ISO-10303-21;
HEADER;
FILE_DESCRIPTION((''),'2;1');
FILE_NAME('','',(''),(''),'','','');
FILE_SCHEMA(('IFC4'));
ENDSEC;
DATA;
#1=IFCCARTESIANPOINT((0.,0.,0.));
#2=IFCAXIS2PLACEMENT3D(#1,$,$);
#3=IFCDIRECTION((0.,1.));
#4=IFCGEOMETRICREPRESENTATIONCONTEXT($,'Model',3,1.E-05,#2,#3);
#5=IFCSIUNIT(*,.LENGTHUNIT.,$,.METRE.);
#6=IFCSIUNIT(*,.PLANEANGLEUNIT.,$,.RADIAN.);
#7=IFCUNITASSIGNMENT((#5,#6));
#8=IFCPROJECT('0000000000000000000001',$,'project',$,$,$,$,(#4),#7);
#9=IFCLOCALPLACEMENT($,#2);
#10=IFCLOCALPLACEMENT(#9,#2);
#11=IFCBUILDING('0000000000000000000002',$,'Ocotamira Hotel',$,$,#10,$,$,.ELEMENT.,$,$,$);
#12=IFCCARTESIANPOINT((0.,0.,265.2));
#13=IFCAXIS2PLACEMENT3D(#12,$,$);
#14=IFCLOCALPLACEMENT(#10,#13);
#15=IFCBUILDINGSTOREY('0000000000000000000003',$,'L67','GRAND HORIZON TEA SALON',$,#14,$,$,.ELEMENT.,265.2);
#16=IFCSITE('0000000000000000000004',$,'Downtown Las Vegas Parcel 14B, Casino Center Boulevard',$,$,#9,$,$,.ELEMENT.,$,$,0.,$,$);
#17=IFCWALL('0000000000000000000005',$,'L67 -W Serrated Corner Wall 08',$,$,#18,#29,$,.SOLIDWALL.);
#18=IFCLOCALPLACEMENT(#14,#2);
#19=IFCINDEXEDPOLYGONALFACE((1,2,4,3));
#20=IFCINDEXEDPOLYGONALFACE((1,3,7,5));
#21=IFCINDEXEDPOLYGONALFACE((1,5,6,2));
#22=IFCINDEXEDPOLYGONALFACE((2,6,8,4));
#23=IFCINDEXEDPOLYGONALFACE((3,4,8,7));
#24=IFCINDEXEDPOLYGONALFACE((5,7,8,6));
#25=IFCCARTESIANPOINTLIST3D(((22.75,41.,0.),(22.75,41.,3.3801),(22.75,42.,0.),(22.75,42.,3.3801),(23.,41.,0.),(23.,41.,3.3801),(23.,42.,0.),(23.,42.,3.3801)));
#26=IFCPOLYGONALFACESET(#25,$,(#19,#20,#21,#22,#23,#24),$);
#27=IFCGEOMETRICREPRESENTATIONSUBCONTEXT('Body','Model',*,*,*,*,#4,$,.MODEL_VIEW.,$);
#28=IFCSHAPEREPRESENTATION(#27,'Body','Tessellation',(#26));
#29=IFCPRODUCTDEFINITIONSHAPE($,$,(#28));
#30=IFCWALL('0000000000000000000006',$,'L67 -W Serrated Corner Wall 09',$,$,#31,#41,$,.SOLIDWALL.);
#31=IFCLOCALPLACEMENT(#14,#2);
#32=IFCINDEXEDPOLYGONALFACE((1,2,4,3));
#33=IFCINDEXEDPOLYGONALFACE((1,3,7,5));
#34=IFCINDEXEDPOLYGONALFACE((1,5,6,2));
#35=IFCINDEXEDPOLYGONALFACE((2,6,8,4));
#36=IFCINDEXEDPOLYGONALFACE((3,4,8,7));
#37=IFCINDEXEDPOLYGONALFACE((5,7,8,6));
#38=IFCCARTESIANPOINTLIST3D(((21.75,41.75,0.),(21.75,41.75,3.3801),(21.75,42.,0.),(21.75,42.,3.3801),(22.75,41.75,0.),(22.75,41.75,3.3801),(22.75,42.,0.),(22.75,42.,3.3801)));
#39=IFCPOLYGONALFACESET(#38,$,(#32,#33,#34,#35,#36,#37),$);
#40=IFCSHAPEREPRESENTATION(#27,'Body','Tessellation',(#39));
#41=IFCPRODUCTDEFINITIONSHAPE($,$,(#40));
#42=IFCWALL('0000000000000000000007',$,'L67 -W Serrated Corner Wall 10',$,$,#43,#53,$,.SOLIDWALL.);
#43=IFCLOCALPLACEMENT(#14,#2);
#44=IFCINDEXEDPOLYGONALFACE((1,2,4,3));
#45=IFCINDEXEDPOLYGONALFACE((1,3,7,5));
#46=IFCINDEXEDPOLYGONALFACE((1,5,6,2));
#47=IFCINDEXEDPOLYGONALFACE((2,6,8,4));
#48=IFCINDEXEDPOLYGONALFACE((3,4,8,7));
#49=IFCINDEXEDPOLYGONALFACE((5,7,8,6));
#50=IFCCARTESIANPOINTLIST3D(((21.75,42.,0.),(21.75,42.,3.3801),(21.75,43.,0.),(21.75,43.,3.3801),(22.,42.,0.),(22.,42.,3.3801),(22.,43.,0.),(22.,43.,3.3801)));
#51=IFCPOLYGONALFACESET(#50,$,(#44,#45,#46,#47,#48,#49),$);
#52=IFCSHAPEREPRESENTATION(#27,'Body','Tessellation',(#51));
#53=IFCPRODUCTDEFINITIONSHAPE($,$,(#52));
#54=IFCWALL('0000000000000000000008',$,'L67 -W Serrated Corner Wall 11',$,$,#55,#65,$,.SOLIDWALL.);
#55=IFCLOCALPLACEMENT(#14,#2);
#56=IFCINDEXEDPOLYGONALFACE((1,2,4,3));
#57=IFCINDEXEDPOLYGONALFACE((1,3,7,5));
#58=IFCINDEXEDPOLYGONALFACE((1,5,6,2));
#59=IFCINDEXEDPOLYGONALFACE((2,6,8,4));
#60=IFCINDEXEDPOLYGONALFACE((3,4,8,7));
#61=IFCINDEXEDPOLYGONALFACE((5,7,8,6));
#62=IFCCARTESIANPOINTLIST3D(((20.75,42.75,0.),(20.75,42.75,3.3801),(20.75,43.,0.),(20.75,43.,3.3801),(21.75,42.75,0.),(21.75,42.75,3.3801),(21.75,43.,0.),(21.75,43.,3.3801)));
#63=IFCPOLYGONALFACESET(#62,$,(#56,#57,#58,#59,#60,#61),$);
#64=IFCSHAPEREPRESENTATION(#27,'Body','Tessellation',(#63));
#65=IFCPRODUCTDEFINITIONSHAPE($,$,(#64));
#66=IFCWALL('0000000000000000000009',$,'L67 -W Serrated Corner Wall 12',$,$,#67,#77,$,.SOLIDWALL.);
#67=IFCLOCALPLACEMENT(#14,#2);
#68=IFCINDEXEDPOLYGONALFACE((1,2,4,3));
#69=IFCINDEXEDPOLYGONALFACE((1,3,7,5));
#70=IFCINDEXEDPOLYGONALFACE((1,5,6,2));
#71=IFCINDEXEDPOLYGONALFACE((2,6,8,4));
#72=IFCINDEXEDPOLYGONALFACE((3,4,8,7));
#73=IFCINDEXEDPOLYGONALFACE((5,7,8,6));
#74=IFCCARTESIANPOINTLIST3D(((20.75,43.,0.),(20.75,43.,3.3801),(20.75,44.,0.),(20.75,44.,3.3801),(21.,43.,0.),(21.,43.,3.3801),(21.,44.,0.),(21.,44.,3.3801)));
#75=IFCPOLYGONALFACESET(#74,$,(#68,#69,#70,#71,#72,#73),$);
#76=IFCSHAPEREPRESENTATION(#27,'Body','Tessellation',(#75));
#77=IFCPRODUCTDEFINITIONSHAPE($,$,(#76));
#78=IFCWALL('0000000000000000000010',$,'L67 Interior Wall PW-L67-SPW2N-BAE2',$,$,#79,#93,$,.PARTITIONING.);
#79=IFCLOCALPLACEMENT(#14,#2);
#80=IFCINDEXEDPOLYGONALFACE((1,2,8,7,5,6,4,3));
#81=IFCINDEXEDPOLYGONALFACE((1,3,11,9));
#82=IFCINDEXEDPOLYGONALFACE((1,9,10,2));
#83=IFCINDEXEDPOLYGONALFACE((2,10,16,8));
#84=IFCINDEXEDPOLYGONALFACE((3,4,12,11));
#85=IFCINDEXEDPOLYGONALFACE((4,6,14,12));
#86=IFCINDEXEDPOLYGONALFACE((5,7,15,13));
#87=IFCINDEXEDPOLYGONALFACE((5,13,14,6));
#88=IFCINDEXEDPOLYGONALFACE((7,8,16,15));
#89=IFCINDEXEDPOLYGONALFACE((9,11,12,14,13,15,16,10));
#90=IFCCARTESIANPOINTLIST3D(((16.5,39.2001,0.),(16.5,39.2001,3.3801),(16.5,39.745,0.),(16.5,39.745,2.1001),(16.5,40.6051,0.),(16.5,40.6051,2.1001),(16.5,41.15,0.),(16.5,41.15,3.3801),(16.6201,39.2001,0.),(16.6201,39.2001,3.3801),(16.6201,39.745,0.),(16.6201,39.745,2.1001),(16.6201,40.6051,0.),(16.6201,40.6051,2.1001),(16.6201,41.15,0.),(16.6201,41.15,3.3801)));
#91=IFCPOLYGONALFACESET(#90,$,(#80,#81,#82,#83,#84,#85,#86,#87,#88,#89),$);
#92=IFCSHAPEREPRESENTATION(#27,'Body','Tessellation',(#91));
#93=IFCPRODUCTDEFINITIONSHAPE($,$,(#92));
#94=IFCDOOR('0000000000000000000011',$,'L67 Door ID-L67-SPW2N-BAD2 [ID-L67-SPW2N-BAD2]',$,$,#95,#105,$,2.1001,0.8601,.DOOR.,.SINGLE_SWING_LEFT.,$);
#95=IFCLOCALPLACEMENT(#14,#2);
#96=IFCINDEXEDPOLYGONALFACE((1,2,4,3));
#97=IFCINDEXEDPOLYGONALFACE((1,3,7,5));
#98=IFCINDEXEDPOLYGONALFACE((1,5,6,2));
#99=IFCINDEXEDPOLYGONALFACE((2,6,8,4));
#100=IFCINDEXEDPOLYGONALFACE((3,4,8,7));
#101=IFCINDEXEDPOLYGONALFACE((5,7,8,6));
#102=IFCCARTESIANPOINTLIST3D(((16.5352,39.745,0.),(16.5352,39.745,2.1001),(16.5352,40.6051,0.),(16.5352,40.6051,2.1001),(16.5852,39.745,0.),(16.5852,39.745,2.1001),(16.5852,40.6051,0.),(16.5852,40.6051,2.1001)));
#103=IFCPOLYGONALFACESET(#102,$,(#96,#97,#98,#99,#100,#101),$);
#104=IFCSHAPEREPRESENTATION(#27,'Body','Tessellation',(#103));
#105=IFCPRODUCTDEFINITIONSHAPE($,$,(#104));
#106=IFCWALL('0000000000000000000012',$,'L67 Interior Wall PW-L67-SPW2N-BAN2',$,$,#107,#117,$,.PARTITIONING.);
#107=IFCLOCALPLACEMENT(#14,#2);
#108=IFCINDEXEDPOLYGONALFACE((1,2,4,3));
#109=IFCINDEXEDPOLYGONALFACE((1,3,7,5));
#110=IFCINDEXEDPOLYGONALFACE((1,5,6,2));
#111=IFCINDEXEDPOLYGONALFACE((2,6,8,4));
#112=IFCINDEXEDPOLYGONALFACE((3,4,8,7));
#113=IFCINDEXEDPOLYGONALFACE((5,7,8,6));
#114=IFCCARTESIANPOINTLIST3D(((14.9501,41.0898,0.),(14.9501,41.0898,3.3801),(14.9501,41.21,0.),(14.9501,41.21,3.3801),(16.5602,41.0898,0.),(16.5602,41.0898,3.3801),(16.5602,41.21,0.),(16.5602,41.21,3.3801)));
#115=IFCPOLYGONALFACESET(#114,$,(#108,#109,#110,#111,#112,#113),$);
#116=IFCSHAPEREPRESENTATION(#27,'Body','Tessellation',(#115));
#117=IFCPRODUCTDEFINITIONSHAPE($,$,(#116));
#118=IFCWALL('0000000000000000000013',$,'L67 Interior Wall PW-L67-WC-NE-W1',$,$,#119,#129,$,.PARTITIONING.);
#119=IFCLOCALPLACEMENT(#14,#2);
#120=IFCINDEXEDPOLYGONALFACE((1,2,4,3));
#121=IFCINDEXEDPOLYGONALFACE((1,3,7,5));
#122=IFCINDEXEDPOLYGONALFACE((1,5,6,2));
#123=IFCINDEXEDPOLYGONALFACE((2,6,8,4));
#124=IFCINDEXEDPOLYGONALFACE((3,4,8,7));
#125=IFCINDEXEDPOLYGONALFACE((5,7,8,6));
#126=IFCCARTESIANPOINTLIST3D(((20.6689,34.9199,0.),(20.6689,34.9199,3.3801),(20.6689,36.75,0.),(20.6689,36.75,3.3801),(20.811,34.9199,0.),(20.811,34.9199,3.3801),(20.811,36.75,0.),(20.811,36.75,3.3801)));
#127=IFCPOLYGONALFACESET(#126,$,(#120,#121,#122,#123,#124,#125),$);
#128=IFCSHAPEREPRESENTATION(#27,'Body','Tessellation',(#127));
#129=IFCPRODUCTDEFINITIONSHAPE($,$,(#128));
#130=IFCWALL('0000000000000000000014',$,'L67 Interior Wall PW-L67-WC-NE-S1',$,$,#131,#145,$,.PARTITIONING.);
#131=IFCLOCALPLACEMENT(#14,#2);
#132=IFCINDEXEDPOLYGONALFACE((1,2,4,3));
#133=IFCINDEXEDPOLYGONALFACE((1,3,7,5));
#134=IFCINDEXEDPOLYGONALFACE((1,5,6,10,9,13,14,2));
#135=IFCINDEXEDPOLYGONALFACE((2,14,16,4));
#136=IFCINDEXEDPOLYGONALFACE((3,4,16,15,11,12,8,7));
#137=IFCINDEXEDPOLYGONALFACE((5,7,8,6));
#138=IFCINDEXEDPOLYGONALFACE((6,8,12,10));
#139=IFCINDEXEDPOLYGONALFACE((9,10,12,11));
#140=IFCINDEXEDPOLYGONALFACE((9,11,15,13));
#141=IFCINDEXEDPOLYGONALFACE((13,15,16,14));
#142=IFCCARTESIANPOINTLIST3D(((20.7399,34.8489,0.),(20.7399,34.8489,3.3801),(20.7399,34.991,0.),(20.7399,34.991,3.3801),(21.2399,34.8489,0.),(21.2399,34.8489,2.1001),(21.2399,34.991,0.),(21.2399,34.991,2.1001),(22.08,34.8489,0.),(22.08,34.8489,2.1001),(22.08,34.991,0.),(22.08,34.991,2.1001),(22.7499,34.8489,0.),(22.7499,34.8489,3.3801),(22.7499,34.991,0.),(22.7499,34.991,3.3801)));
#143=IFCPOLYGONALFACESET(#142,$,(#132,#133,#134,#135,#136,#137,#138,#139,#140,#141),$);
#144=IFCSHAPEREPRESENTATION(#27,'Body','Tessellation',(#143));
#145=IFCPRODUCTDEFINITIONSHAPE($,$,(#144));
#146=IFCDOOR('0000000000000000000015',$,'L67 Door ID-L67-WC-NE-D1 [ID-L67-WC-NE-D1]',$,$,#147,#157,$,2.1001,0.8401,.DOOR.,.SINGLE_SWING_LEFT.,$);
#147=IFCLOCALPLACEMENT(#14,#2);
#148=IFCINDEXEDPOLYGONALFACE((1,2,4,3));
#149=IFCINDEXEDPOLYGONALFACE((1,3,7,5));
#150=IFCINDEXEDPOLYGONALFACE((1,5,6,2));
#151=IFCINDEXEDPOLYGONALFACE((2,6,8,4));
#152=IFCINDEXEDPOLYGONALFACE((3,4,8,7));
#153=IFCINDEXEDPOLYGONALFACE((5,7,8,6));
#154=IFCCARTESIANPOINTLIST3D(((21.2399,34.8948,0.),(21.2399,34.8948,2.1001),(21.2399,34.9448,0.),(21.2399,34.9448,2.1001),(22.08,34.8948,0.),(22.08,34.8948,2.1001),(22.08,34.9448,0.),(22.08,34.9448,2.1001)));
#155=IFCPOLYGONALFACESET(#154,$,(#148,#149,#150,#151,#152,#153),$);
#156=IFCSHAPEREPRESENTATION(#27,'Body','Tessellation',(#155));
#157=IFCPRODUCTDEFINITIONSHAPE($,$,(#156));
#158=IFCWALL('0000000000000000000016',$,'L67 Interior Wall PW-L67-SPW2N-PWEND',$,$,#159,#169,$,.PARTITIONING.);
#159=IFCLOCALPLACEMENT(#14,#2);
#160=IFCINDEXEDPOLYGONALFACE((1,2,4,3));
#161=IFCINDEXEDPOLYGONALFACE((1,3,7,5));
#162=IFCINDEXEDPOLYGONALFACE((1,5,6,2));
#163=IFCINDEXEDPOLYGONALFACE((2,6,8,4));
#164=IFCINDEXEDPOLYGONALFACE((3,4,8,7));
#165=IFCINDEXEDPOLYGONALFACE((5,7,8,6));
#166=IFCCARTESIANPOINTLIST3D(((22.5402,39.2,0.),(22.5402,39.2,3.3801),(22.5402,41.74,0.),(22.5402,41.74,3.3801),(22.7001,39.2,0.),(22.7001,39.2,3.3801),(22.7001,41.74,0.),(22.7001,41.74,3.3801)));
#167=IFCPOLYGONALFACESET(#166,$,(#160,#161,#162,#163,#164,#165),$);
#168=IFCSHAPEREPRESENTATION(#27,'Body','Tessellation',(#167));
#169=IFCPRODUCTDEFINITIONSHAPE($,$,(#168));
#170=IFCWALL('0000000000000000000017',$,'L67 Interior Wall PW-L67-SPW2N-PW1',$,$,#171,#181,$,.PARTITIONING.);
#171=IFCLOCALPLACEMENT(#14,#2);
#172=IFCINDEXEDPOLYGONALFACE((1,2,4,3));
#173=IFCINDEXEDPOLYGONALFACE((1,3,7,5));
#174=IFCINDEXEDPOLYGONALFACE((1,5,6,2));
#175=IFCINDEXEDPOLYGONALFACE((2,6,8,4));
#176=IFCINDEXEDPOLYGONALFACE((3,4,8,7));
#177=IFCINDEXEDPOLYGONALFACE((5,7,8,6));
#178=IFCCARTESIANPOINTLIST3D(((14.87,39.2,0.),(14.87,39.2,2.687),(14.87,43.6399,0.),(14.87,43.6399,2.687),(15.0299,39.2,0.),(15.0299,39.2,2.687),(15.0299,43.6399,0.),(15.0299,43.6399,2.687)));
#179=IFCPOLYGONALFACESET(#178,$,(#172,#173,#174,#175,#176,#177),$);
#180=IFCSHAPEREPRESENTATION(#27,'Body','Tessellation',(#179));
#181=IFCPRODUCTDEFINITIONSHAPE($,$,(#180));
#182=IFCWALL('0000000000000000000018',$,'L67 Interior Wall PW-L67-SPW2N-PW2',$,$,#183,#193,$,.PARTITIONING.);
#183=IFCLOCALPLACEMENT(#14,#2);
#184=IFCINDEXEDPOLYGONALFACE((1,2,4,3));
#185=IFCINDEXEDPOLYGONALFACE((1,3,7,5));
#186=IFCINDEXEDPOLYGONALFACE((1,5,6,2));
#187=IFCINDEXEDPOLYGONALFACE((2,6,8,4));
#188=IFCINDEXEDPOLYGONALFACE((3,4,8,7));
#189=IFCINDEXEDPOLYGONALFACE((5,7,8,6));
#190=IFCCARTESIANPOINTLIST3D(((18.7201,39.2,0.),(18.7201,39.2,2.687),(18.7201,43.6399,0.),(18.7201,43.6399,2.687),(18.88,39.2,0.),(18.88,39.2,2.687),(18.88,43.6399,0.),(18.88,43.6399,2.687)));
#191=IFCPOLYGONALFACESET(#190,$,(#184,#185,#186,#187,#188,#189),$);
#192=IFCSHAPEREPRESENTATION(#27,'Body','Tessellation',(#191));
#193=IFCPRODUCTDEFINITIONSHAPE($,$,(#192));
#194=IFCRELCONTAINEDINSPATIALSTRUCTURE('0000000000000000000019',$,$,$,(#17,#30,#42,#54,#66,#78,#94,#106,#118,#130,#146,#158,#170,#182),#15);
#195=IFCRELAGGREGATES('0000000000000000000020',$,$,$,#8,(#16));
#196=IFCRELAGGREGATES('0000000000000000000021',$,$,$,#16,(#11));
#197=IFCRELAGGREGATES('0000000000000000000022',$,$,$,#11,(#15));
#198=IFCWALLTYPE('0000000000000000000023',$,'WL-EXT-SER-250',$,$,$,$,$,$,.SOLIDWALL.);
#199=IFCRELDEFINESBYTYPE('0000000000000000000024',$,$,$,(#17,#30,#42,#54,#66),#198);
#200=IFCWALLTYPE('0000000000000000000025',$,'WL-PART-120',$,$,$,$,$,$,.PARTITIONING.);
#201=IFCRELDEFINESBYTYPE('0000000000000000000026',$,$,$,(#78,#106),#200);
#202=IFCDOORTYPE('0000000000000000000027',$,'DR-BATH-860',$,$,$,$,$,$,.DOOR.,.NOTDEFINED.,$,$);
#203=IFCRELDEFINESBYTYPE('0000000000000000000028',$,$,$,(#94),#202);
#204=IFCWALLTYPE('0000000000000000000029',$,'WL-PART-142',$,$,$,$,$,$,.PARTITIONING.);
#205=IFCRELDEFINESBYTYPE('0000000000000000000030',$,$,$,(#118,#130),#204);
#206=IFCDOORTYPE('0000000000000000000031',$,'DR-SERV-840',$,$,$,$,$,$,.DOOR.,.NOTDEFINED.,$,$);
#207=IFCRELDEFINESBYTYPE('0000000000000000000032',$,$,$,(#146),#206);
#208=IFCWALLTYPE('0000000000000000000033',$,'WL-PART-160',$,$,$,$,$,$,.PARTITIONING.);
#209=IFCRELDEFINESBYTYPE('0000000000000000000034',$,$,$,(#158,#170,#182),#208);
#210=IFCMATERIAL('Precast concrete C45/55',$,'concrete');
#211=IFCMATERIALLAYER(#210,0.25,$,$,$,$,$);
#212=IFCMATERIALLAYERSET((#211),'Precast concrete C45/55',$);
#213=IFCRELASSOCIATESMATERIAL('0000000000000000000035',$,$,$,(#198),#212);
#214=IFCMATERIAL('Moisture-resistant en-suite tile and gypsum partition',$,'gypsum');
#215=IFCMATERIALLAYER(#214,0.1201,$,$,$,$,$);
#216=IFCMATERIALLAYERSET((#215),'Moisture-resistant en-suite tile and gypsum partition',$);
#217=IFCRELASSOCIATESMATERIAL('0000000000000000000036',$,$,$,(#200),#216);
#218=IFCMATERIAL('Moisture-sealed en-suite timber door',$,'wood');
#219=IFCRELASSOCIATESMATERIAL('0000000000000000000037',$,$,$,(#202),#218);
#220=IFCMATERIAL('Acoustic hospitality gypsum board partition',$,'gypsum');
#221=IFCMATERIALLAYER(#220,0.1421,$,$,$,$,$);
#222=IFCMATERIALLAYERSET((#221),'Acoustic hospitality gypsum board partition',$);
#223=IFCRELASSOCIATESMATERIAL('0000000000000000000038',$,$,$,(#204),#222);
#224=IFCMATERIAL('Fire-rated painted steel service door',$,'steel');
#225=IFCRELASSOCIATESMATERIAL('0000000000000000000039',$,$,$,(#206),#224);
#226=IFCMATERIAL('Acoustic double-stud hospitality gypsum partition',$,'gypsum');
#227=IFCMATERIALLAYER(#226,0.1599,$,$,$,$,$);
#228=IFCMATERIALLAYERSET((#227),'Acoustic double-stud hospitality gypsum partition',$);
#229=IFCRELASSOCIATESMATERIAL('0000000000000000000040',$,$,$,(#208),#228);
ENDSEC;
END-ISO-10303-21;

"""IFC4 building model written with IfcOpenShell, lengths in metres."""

from ifc_helpers import new_model, si_unit, direction, frame, frame_2d, origin, place, context, subcontext, project, spatial, rectangle, extrude, source, transform, mapped, material, layer, layer_set, type_object, element, fill, save


model = new_model("IFC4")

# Units and contexts
model_context = context("Model", 3, precision=1e-05, world=origin(), true_north=direction((0.0, 1.0)))
body_context = subcontext(model_context, "Body", "Model", "MODEL_VIEW")
ifc_project = project(units=[si_unit("LENGTHUNIT", "METRE"), si_unit("PLANEANGLEUNIT", "RADIAN")], contexts=[model_context])

# Site, building, storey
site_placement = place(None, origin())
site = spatial("IfcSite", under=ifc_project, at=site_placement, Name="Downtown Las Vegas Parcel 14B, Casino Center Boulevard", CompositionType="ELEMENT", RefElevation=0.0)
building_placement = place(site_placement, origin())
building = spatial("IfcBuilding", under=site, at=building_placement, Name="Ocotamira Hotel", CompositionType="ELEMENT")
storey_placement = place(building_placement, frame((0.0, 0.0, 265.2)))
storey = spatial("IfcBuildingStorey", under=building, at=storey_placement, Name="L67", Description="GRAND HORIZON TEA SALON", CompositionType="ELEMENT", Elevation=265.2)

# Walls
ifc_material_1 = material(Name="Precast concrete C45/55", Category="concrete")
ifc_layer_1 = layer(ifc_material_1, 0.25)
ifc_layer_set_1 = layer_set([ifc_layer_1], Name="Precast concrete C45/55")
wall_type_1 = type_object("IfcWallType", Name="WL-EXT-SER-250", PredefinedType="SOLIDWALL", material=ifc_layer_set_1)
for number, where, z_axis, x_axis, name in (
    (1, (22.875, 41.0, 0.0), (0.0, 0.0, 1.0), (0.0, 1.0, 0.0), "L67 -W Serrated Corner Wall 08"),
    (2, (22.75, 41.875, 0.0), (0.0, 0.0, 1.0), (-1.0, 0.0, 0.0), "L67 -W Serrated Corner Wall 09"),
    (3, (21.875, 42.0, 0.0), (0.0, 0.0, 1.0), (0.0, 1.0, 0.0), "L67 -W Serrated Corner Wall 10"),
    (4, (21.75, 42.875, 0.0), (0.0, 0.0, 1.0), (-1.0, 0.0, 0.0), "L67 -W Serrated Corner Wall 11"),
    (5, (20.875, 43.0, 0.0), (0.0, 0.0, 1.0), (0.0, 1.0, 0.0), "L67 -W Serrated Corner Wall 12"),
):
    element("IfcWall", number, at=place(storey_placement, frame(where, z_axis=z_axis, x_axis=x_axis)), inside=storey, type_object=wall_type_1, Name=name, PredefinedType="SOLIDWALL", context=body_context, shape_type="SweptSolid", body=[
        extrude(rectangle(XDim=1.0, YDim=0.25, at=frame_2d((0.5, 0.0))), origin(), (0.0, 0.0, 1.0), 3.3801),
    ])

# Wall, opening, door
ifc_material_2 = material(Name="Moisture-resistant en-suite tile and gypsum partition", Category="gypsum")
ifc_layer_2 = layer(ifc_material_2, 0.1201)
ifc_layer_set_2 = layer_set([ifc_layer_2], Name="Moisture-resistant en-suite tile and gypsum partition")
wall_type_2 = type_object("IfcWallType", Name="WL-PART-120", PredefinedType="PARTITIONING", material=ifc_layer_set_2)
wall_1_placement = place(storey_placement, frame((16.5601, 39.2, 0.0), z_axis=(0.0, 0.0, 1.0), x_axis=(0.0, 1.0, 0.0)))
wall_1 = element("IfcWall", 6, at=wall_1_placement, inside=storey, type_object=wall_type_2, Name="L67 Interior Wall PW-L67-SPW2N-BAE2", PredefinedType="PARTITIONING", context=body_context, shape_type="SweptSolid", body=[
    extrude(rectangle(XDim=1.95, YDim=0.1201, at=frame_2d((0.9751, 0.0))), origin(), (0.0, 0.0, 1.0), 3.3801),
])
opening_1_placement = place(wall_1_placement, frame((0.5449, 0.0, 0.0)))
opening_1 = element("IfcOpeningElement", 7, at=opening_1_placement, cuts=wall_1, PredefinedType="OPENING", context=body_context, shape_type="SweptSolid", body=[
    extrude(rectangle(XDim=0.8601, YDim=2.1001, at=frame_2d((0.4302, 1.05))), frame((0.0, 0.0701, 0.0), z_axis=(0.0, -1.0, 0.0), x_axis=(1.0, 0.0, 0.0)), (0.0, 0.0, 1.0), 0.1401),
])
ifc_material_3 = material(Name="Moisture-sealed en-suite timber door", Category="wood")
door_type_1 = type_object("IfcDoorType", Name="DR-BATH-860", OperationType="NOTDEFINED", PredefinedType="DOOR", material=ifc_material_3)
shared_shape_1 = source(origin(), body_context, "Body", "SweptSolid", [
    extrude(rectangle(XDim=0.8601, YDim=2.1001, at=frame_2d((0.4302, 1.05))), frame((0.0, 0.0249, 0.0), z_axis=(0.0, -1.0, 0.0), x_axis=(1.0, 0.0, 0.0)), (0.0, 0.0, 1.0), 0.05),
])
door_1_placement = place(opening_1_placement, origin())
door_1 = element("IfcDoor", 8, at=door_1_placement, inside=storey, type_object=door_type_1, Name="L67 Door ID-L67-SPW2N-BAD2 [ID-L67-SPW2N-BAD2]", OperationType="SINGLE_SWING_LEFT", OverallHeight=2.1001, OverallWidth=0.8601, PredefinedType="DOOR", context=body_context, shape_type="MappedRepresentation", body=[
    mapped(shared_shape_1, transform((0.0, 0.0, 0.0), scale=1.0)),
])
fill(opening_1, door_1)

# Walls
wall_2_placement = place(storey_placement, frame((14.95, 41.1499, 0.0), z_axis=(0.0, 0.0, 1.0), x_axis=(1.0, 0.0, 0.0)))
element("IfcWall", 9, at=wall_2_placement, inside=storey, type_object=wall_type_2, Name="L67 Interior Wall PW-L67-SPW2N-BAN2", PredefinedType="PARTITIONING", context=body_context, shape_type="SweptSolid", body=[
    extrude(rectangle(XDim=1.6101, YDim=0.1201, at=frame_2d((0.8052, 0.0))), origin(), (0.0, 0.0, 1.0), 3.3801),
])
ifc_material_4 = material(Name="Acoustic hospitality gypsum board partition", Category="gypsum")
ifc_layer_3 = layer(ifc_material_4, 0.1421)
ifc_layer_set_3 = layer_set([ifc_layer_3], Name="Acoustic hospitality gypsum board partition")
wall_type_3 = type_object("IfcWallType", Name="WL-PART-142", PredefinedType="PARTITIONING", material=ifc_layer_set_3)
wall_3_placement = place(storey_placement, frame((20.74, 34.9199, 0.0), z_axis=(0.0, 0.0, 1.0), x_axis=(0.0, 1.0, 0.0)))
element("IfcWall", 10, at=wall_3_placement, inside=storey, type_object=wall_type_3, Name="L67 Interior Wall PW-L67-WC-NE-W1", PredefinedType="PARTITIONING", context=body_context, shape_type="SweptSolid", body=[
    extrude(rectangle(XDim=1.8301, YDim=0.1421, at=frame_2d((0.915, 0.0))), origin(), (0.0, 0.0, 1.0), 3.3801),
])

# Wall, opening, door
wall_4_placement = place(storey_placement, frame((20.74, 34.9199, 0.0), z_axis=(0.0, 0.0, 1.0), x_axis=(1.0, 0.0, 0.0)))
wall_4 = element("IfcWall", 11, at=wall_4_placement, inside=storey, type_object=wall_type_3, Name="L67 Interior Wall PW-L67-WC-NE-S1", PredefinedType="PARTITIONING", context=body_context, shape_type="SweptSolid", body=[
    extrude(rectangle(XDim=2.01, YDim=0.1421, at=frame_2d((1.0049, 0.0))), origin(), (0.0, 0.0, 1.0), 3.3801),
])
opening_2_placement = place(wall_4_placement, frame((0.5, 0.0, 0.0)))
opening_2 = element("IfcOpeningElement", 12, at=opening_2_placement, cuts=wall_4, PredefinedType="OPENING", context=body_context, shape_type="SweptSolid", body=[
    extrude(rectangle(XDim=0.8401, YDim=2.1001, at=frame_2d((0.4199, 1.05))), frame((0.0, 0.0811, 0.0), z_axis=(0.0, -1.0, 0.0), x_axis=(1.0, 0.0, 0.0)), (0.0, 0.0, 1.0), 0.1621),
])
ifc_material_5 = material(Name="Fire-rated painted steel service door", Category="steel")
door_type_2 = type_object("IfcDoorType", Name="DR-SERV-840", OperationType="NOTDEFINED", PredefinedType="DOOR", material=ifc_material_5)
shared_shape_2 = source(origin(), body_context, "Body", "SweptSolid", [
    extrude(rectangle(XDim=0.8401, YDim=2.1001, at=frame_2d((0.4199, 1.05))), frame((0.0, 0.0249, 0.0), z_axis=(0.0, -1.0, 0.0), x_axis=(1.0, 0.0, 0.0)), (0.0, 0.0, 1.0), 0.05),
])
door_2_placement = place(opening_2_placement, origin())
door_2 = element("IfcDoor", 13, at=door_2_placement, inside=storey, type_object=door_type_2, Name="L67 Door ID-L67-WC-NE-D1 [ID-L67-WC-NE-D1]", OperationType="SINGLE_SWING_LEFT", OverallHeight=2.1001, OverallWidth=0.8401, PredefinedType="DOOR", context=body_context, shape_type="MappedRepresentation", body=[
    mapped(shared_shape_2, transform((0.0, 0.0, 0.0), scale=1.0)),
])
fill(opening_2, door_2)

# Walls
ifc_material_6 = material(Name="Acoustic double-stud hospitality gypsum partition", Category="gypsum")
ifc_layer_4 = layer(ifc_material_6, 0.1599)
ifc_layer_set_4 = layer_set([ifc_layer_4], Name="Acoustic double-stud hospitality gypsum partition")
wall_type_4 = type_object("IfcWallType", Name="WL-PART-160", PredefinedType="PARTITIONING", material=ifc_layer_set_4)
wall_5_placement = place(storey_placement, frame((22.6201, 39.2, 0.0), z_axis=(0.0, 0.0, 1.0), x_axis=(0.0, 1.0, 0.0)))
element("IfcWall", 14, at=wall_5_placement, inside=storey, type_object=wall_type_4, Name="L67 Interior Wall PW-L67-SPW2N-PWEND", PredefinedType="PARTITIONING", context=body_context, shape_type="SweptSolid", body=[
    extrude(rectangle(XDim=2.54, YDim=0.1599, at=frame_2d((1.27, 0.0))), origin(), (0.0, 0.0, 1.0), 3.3801),
])
for number, where, z_axis, x_axis, name in (
    (15, (14.95, 39.2, 0.0), (0.0, 0.0, 1.0), (0.0, 1.0, 0.0), "L67 Interior Wall PW-L67-SPW2N-PW1"),
    (16, (18.8, 39.2, 0.0), (0.0, 0.0, 1.0), (0.0, 1.0, 0.0), "L67 Interior Wall PW-L67-SPW2N-PW2"),
):
    element("IfcWall", number, at=place(storey_placement, frame(where, z_axis=z_axis, x_axis=x_axis)), inside=storey, type_object=wall_type_4, Name=name, PredefinedType="PARTITIONING", context=body_context, shape_type="SweptSolid", body=[
        extrude(rectangle(XDim=4.4399, YDim=0.1599, at=frame_2d((2.22, 0.0))), origin(), (0.0, 0.0, 1.0), 2.687),
    ])

save(model, "model.ifc")
